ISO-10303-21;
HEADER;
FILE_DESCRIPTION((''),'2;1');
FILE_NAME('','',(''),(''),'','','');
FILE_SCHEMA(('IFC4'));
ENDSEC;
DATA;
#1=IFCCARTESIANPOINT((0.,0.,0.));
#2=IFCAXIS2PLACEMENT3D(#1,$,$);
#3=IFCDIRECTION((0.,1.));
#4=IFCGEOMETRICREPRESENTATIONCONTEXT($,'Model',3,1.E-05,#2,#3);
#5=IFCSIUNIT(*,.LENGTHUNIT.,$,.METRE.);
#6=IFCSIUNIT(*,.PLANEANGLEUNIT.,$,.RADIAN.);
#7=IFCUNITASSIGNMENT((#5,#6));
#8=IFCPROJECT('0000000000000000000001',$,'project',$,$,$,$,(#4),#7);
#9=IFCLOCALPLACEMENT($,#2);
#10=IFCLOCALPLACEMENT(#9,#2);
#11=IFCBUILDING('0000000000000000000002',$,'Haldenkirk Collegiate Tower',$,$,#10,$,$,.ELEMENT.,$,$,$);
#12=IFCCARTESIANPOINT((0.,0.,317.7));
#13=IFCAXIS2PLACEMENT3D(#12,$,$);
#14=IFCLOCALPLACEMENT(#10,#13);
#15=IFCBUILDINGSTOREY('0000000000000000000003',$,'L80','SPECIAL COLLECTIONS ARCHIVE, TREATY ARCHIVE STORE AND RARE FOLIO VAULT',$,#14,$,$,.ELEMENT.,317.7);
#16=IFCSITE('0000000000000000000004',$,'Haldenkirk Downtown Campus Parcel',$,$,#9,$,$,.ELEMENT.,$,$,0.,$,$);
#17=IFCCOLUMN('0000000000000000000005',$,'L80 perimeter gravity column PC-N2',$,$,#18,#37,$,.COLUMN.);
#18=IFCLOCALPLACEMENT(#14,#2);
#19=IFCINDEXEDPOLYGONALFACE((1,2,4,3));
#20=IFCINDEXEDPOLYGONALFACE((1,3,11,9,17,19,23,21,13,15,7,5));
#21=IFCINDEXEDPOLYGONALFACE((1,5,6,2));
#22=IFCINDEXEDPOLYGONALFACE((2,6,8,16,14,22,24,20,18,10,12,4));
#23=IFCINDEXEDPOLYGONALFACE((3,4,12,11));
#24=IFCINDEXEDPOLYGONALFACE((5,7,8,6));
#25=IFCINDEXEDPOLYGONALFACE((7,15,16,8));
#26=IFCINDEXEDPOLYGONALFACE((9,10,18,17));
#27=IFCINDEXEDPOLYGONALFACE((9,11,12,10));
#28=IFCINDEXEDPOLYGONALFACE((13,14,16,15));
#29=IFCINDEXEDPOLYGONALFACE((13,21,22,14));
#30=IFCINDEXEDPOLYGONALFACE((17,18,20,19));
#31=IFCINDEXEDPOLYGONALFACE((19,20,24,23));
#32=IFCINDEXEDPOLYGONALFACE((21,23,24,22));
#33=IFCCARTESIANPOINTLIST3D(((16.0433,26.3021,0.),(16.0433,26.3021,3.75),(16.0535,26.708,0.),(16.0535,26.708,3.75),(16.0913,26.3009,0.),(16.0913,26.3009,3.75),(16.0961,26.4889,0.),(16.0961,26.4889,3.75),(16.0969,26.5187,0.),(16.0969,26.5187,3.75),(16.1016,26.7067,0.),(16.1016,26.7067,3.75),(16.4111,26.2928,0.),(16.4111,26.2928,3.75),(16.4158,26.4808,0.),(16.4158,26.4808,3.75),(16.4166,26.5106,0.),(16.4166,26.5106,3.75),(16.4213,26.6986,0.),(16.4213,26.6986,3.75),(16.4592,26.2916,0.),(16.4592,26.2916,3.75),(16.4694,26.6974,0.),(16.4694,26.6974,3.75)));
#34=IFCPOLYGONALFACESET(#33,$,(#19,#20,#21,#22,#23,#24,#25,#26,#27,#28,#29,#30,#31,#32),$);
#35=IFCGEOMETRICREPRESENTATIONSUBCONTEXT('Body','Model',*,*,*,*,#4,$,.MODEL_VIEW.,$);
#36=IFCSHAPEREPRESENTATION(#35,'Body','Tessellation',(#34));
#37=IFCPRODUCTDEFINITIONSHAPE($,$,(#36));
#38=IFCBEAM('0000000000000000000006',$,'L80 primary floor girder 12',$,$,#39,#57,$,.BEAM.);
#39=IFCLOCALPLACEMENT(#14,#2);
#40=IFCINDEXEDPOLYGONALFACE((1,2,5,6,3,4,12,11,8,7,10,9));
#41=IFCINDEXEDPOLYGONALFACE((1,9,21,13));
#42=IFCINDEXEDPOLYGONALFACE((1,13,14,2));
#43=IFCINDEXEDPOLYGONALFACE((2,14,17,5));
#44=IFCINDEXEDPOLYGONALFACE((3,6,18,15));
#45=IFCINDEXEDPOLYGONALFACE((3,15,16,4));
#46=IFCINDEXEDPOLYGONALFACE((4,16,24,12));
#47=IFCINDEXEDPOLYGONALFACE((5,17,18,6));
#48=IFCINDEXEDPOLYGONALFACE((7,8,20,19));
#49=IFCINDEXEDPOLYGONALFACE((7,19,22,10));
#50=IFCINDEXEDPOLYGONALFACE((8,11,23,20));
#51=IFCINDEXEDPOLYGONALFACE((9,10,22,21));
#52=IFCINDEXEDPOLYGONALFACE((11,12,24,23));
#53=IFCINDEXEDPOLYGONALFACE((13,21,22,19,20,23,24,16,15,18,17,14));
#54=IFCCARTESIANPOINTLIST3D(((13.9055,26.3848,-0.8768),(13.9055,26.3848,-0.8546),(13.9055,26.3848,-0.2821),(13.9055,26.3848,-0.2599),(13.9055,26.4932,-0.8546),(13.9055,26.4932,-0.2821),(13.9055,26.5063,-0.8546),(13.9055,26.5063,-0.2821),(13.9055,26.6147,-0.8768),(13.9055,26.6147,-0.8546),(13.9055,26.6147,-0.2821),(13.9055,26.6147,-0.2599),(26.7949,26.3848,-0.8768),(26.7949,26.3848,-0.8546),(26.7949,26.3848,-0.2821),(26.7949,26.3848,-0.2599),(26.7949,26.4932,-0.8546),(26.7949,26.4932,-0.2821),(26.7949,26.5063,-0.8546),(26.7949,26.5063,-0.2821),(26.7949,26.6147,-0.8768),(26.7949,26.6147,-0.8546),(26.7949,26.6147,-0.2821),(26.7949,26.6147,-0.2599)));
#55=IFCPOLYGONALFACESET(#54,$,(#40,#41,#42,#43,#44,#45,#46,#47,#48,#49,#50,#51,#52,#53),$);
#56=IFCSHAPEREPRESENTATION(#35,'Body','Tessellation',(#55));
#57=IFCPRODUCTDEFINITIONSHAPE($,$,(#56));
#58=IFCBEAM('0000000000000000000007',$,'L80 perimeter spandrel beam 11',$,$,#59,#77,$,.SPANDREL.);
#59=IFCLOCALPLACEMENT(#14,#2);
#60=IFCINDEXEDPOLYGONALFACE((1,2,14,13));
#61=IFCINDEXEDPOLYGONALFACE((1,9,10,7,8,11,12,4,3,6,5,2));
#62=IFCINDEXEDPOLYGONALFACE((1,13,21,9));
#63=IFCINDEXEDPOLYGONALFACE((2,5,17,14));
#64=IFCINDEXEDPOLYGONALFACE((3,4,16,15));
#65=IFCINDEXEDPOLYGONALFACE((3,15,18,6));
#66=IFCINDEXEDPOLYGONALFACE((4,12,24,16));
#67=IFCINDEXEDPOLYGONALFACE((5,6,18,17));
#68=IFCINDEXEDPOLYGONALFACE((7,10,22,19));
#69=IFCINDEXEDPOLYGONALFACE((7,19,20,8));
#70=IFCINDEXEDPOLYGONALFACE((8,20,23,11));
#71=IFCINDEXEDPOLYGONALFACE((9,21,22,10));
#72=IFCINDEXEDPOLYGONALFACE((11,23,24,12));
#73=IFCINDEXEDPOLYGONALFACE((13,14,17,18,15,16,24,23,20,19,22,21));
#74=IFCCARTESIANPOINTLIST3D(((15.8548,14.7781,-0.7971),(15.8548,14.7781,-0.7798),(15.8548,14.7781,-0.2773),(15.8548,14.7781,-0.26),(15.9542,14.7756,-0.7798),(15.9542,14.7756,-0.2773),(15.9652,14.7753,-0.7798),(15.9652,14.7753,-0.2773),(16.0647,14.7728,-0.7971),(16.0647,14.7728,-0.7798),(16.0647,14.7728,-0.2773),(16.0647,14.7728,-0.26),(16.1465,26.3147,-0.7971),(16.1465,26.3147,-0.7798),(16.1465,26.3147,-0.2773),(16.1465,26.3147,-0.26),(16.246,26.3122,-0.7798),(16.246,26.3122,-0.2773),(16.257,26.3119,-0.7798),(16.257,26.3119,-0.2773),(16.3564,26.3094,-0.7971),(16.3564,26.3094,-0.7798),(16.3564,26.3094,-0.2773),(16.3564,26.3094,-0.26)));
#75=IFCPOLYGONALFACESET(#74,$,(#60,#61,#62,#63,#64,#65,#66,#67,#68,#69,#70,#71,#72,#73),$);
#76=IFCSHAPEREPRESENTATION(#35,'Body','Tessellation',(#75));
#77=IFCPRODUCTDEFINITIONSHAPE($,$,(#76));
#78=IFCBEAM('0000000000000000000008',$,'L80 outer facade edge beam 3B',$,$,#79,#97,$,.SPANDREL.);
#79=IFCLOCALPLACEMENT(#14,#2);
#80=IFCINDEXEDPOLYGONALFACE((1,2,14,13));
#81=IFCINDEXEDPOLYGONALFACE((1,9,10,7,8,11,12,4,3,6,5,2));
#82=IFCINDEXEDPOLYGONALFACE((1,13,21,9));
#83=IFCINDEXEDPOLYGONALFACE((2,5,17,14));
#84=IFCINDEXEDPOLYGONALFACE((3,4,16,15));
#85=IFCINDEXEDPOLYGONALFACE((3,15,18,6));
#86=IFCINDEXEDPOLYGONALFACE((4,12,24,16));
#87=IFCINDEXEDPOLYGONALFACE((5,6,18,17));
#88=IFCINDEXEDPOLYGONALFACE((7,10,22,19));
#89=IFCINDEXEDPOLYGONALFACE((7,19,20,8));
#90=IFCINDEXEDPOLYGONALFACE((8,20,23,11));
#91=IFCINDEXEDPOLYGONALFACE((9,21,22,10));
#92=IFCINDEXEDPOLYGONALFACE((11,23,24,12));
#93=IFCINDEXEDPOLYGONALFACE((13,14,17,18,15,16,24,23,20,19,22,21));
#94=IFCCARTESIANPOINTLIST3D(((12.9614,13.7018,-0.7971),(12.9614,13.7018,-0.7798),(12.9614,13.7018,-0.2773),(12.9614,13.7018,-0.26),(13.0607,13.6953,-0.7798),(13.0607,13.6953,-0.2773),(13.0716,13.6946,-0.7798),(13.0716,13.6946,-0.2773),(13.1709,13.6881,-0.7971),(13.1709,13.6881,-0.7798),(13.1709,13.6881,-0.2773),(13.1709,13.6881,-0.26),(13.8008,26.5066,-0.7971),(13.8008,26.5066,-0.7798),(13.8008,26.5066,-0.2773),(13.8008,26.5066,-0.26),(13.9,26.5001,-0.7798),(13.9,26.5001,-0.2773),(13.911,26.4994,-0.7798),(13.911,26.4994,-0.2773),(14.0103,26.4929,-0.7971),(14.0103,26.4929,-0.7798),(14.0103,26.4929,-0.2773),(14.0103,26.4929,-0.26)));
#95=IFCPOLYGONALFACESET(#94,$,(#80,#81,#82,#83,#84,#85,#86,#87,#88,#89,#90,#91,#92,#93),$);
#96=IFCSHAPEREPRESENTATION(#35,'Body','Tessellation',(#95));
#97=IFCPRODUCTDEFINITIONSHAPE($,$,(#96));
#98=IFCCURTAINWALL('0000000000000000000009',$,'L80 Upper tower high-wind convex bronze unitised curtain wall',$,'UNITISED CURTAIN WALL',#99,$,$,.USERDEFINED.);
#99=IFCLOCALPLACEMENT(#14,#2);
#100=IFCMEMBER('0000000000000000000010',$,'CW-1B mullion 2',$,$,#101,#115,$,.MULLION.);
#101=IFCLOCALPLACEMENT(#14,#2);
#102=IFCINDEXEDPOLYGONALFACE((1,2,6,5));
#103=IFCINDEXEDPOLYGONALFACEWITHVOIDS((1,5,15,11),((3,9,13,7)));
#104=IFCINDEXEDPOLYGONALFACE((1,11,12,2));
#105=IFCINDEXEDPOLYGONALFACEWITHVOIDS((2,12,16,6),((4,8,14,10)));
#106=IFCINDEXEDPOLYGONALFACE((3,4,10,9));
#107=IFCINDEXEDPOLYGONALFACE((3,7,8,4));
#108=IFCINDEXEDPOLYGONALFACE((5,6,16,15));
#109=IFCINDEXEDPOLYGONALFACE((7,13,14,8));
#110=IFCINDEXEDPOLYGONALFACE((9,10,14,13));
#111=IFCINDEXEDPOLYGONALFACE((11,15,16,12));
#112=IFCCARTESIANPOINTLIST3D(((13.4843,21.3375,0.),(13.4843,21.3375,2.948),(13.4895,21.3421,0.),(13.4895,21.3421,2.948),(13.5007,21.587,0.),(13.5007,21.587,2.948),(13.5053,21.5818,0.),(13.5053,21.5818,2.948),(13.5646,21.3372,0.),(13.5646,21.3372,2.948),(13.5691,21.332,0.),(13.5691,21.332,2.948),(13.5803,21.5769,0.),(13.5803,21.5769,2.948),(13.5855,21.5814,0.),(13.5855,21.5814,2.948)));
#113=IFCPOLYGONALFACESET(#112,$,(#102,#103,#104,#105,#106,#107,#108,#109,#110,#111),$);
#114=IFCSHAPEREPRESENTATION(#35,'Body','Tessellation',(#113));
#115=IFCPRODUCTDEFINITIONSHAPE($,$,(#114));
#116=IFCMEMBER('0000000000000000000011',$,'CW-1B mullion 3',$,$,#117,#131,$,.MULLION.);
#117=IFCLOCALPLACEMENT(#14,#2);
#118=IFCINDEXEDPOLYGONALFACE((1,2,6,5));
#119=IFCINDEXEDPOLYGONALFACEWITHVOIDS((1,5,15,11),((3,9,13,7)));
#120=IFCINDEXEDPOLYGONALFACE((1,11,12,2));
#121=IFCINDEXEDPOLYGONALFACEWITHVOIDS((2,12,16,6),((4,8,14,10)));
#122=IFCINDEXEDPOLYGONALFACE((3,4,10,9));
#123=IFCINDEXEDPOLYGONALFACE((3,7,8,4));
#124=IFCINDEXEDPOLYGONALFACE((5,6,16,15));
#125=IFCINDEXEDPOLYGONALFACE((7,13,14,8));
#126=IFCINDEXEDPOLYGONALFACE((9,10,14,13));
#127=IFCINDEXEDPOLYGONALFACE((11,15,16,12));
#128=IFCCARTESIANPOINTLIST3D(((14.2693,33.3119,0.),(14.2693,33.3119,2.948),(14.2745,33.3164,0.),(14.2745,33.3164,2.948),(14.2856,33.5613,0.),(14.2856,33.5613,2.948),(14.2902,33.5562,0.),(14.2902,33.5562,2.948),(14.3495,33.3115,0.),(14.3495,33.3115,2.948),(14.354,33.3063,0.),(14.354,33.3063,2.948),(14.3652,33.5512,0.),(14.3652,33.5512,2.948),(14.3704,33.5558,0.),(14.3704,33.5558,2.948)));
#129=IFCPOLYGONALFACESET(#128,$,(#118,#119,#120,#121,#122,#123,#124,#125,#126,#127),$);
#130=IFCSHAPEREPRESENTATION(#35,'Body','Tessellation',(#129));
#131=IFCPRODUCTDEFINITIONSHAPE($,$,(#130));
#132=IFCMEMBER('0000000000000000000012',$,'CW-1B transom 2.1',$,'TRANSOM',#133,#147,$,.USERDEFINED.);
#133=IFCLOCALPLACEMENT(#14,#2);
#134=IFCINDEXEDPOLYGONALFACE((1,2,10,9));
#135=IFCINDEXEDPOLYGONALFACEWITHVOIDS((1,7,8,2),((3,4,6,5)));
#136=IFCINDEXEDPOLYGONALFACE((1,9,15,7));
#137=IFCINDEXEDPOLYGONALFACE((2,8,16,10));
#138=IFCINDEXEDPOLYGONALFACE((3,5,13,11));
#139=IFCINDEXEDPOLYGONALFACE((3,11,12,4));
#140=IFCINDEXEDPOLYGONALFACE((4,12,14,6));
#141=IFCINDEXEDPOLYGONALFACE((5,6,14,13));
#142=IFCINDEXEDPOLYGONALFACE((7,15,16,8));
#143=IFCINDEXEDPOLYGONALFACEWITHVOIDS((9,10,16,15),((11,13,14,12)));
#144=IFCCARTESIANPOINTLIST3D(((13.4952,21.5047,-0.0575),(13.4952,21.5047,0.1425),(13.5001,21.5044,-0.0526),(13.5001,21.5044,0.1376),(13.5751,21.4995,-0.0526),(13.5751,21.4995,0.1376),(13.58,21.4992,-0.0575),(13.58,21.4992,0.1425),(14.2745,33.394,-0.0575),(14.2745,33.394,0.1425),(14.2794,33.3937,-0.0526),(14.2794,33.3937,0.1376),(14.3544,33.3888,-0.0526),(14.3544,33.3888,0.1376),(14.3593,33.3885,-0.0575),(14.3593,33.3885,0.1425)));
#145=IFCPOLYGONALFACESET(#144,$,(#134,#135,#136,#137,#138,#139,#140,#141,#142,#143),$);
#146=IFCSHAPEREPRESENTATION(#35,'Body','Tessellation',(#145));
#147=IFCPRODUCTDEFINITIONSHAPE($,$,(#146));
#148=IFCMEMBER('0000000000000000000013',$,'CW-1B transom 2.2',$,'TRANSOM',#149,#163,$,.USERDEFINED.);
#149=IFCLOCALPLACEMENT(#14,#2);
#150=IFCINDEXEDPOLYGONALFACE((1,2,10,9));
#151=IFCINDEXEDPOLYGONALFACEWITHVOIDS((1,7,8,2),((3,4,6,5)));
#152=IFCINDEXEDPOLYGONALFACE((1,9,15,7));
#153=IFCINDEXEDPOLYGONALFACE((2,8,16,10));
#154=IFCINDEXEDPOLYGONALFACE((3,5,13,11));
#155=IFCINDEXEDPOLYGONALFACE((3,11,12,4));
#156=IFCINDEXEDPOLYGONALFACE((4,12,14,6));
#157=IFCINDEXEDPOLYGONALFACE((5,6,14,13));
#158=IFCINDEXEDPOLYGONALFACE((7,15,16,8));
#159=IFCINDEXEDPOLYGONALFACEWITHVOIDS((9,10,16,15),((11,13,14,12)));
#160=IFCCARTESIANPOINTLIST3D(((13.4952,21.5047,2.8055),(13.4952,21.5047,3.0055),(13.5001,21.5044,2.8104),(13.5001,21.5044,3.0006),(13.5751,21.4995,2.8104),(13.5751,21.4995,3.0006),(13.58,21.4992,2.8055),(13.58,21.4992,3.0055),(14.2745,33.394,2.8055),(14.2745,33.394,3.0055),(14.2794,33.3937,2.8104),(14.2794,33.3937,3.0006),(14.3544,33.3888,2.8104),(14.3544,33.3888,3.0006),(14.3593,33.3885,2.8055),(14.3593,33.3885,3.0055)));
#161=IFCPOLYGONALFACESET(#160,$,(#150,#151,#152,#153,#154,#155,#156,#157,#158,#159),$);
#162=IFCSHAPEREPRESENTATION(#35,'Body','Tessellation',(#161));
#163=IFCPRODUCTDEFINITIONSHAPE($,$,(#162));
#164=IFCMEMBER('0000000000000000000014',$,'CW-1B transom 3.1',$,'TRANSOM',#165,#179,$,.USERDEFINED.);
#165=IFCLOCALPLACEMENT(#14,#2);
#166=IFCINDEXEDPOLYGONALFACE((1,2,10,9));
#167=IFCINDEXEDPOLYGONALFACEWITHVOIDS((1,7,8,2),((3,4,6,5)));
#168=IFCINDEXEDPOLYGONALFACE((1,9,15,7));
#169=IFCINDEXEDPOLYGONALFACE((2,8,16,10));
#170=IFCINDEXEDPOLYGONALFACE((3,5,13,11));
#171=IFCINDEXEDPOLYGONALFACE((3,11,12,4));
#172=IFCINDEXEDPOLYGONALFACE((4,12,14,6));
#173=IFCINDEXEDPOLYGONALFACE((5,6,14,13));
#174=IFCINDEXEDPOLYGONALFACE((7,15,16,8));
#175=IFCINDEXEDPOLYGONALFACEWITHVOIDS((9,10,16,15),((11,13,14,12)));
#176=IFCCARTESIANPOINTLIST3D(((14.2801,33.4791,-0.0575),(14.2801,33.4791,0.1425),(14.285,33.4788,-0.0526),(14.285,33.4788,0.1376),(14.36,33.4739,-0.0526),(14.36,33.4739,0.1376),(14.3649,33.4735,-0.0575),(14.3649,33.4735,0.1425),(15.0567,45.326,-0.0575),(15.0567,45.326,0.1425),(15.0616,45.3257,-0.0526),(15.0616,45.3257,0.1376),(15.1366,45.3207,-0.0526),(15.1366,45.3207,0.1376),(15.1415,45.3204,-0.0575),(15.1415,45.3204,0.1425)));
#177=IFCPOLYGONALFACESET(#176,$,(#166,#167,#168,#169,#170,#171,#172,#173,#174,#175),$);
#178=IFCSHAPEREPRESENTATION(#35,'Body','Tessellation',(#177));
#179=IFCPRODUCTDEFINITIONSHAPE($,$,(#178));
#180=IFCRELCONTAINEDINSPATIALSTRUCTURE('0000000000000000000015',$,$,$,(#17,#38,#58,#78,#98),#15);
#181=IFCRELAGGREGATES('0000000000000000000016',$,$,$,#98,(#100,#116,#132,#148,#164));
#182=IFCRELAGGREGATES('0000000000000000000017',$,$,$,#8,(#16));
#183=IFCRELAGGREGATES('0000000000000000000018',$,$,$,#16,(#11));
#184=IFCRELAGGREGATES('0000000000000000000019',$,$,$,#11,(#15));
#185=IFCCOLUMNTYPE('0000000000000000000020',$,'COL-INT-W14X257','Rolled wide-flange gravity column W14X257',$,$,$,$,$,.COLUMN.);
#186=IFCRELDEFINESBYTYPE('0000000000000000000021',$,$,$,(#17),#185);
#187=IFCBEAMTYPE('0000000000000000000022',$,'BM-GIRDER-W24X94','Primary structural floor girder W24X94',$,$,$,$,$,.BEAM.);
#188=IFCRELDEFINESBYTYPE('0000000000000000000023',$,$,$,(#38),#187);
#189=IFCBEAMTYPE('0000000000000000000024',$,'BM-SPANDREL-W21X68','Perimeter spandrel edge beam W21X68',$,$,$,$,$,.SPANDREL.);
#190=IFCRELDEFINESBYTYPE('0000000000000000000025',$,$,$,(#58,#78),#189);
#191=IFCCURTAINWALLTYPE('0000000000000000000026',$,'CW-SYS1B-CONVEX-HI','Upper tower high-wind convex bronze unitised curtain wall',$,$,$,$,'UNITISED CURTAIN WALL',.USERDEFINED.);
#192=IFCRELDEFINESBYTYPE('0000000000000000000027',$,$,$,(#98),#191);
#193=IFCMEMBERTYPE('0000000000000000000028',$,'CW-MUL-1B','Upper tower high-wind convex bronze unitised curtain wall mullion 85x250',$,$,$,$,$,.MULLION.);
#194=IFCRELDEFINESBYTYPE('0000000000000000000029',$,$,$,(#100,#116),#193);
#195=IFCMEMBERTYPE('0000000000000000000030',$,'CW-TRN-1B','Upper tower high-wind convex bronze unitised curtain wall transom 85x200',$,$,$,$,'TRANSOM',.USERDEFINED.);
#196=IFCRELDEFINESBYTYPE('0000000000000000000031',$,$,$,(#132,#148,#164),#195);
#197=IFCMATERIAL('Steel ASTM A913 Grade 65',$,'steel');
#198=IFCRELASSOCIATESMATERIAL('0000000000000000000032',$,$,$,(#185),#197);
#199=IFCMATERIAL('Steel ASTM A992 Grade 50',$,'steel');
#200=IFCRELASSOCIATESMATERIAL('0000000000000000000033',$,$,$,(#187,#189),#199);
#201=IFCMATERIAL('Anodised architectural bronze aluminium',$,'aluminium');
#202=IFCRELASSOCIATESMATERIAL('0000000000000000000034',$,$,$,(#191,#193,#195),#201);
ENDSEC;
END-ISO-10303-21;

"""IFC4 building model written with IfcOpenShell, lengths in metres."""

from ifc_helpers import new_model, si_unit, direction, frame, origin, origin_2d, place, context, subcontext, project, spatial, hollow_rectangle, i_section, extrude, material, material_profile, profile_set, type_object, element, aggregate, save


model = new_model("IFC4")

# Units and contexts
model_context = context("Model", 3, precision=1e-05, world=origin(), true_north=direction((0.0, 1.0)))
body_context = subcontext(model_context, "Body", "Model", "MODEL_VIEW")
ifc_project = project(units=[si_unit("LENGTHUNIT", "METRE"), si_unit("PLANEANGLEUNIT", "RADIAN")], contexts=[model_context])

# Site, building, storey
site_placement = place(None, origin())
site = spatial("IfcSite", under=ifc_project, at=site_placement, Name="Haldenkirk Downtown Campus Parcel", CompositionType="ELEMENT", RefElevation=0.0)
building_placement = place(site_placement, origin())
building = spatial("IfcBuilding", under=site, at=building_placement, Name="Haldenkirk Collegiate Tower", CompositionType="ELEMENT")
storey_placement = place(building_placement, frame((0.0, 0.0, 317.7)))
storey = spatial("IfcBuildingStorey", under=building, at=storey_placement, Name="L80", Description="SPECIAL COLLECTIONS ARCHIVE, TREATY ARCHIVE STORE AND RARE FOLIO VAULT", CompositionType="ELEMENT", Elevation=317.7)

# Column
ifc_material_1 = material(Name="Steel ASTM A913 Grade 65", Category="steel")
ifc_material_profile_1 = material_profile(ifc_material_1, i_section(OverallWidth=0.406, OverallDepth=0.416, WebThickness=0.0298, FlangeThickness=0.0481, at=origin_2d()), Name="W14X257")
ifc_profile_set_1 = profile_set([ifc_material_profile_1], Name="Steel ASTM A913 Grade 65")
column_type = type_object("IfcColumnType", Name="COL-INT-W14X257", Description="Rolled wide-flange gravity column W14X257", PredefinedType="COLUMN", material=ifc_profile_set_1)
column_placement = place(storey_placement, frame((16.2563, 26.4998, 0.0), z_axis=(0.0, 0.0, 1.0), x_axis=(0.025305, 0.99968, 0.0)))
element("IfcColumn", 1, at=column_placement, inside=storey, type_object=column_type, Name="L80 perimeter gravity column PC-N2", PredefinedType="COLUMN", context=body_context, shape_type="SweptSolid", body=[
    extrude(i_section(OverallWidth=0.406, OverallDepth=0.416, WebThickness=0.0298, FlangeThickness=0.0481, at=origin_2d()), origin(), (0.0, 0.0, 1.0), 3.75),
])

# Beams
ifc_material_2 = material(Name="Steel ASTM A992 Grade 50", Category="steel")
ifc_material_profile_2 = material_profile(ifc_material_2, i_section(OverallWidth=0.23, OverallDepth=0.6169, WebThickness=0.0132, FlangeThickness=0.0222, at=origin_2d()), Name="W24X94")
ifc_profile_set_2 = profile_set([ifc_material_profile_2], Name="Steel ASTM A992 Grade 50")
beam_type_1 = type_object("IfcBeamType", Name="BM-GIRDER-W24X94", Description="Primary structural floor girder W24X94", PredefinedType="BEAM", material=ifc_profile_set_2)
beam_1_placement = place(storey_placement, frame((13.9055, 26.4998, -0.5684), z_axis=(1.0, 0.0, 0.0), x_axis=(0.0, 1.0, 0.0)))
element("IfcBeam", 2, at=beam_1_placement, inside=storey, type_object=beam_type_1, Name="L80 primary floor girder 12", PredefinedType="BEAM", context=body_context, shape_type="SweptSolid", body=[
    extrude(i_section(OverallWidth=0.23, OverallDepth=0.6169, WebThickness=0.0132, FlangeThickness=0.0222, at=origin_2d()), origin(), (0.0, 0.0, 1.0), 12.8894),
])
ifc_material_profile_3 = material_profile(ifc_material_2, i_section(OverallWidth=0.21, OverallDepth=0.5371, WebThickness=0.011, FlangeThickness=0.0173, at=origin_2d()), Name="W21X68")
ifc_profile_set_3 = profile_set([ifc_material_profile_3], Name="Steel ASTM A992 Grade 50")
beam_type_2 = type_object("IfcBeamType", Name="BM-SPANDREL-W21X68", Description="Perimeter spandrel edge beam W21X68", PredefinedType="SPANDREL", material=ifc_profile_set_3)
beam_2_placement = place(storey_placement, frame((16.2515, 26.312, -0.5286), z_axis=(-0.025281, -0.99968, 0.0), x_axis=(0.99968, -0.025281, 0.0)))
element("IfcBeam", 3, at=beam_2_placement, inside=storey, type_object=beam_type_2, Name="L80 perimeter spandrel beam 11", PredefinedType="SPANDREL", context=body_context, shape_type="SweptSolid", body=[
    extrude(i_section(OverallWidth=0.21, OverallDepth=0.5371, WebThickness=0.011, FlangeThickness=0.0173, at=origin_2d()), origin(), (0.0, 0.0, 1.0), 11.5403),
])
beam_3_placement = place(storey_placement, frame((13.9055, 26.4998, -0.5286), z_axis=(-0.06541, -0.997858, 0.0), x_axis=(0.997858, -0.06541, 0.0)))
element("IfcBeam", 4, at=beam_3_placement, inside=storey, type_object=beam_type_2, Name="L80 outer facade edge beam 3B", PredefinedType="SPANDREL", context=body_context, shape_type="SweptSolid", body=[
    extrude(i_section(OverallWidth=0.21, OverallDepth=0.5371, WebThickness=0.011, FlangeThickness=0.0173, at=origin_2d()), origin(), (0.0, 0.0, 1.0), 12.8323),
])

# Curtain wall, members
ifc_material_3 = material(Name="Anodised architectural bronze aluminium", Category="aluminium")
curtain_wall_type = type_object("IfcCurtainWallType", Name="CW-SYS1B-CONVEX-HI", Description="Upper tower high-wind convex bronze unitised curtain wall", ElementType="UNITISED CURTAIN WALL", PredefinedType="USERDEFINED", material=ifc_material_3)
curtain_wall_placement = place(storey_placement, origin())
curtain_wall = element("IfcCurtainWall", 5, at=curtain_wall_placement, inside=storey, type_object=curtain_wall_type, Name="L80 Upper tower high-wind convex bronze unitised curtain wall", ObjectType="UNITISED CURTAIN WALL", PredefinedType="USERDEFINED")
ifc_material_profile_4 = material_profile(ifc_material_3, hollow_rectangle(XDim=0.085, YDim=0.25, WallThickness=0.0049, at=origin_2d()), Name="CW-MUL-1B")
ifc_profile_set_4 = profile_set([ifc_material_profile_4], Name="Anodised architectural bronze aluminium")
member_type_1 = type_object("IfcMemberType", Name="CW-MUL-1B", Description="Upper tower high-wind convex bronze unitised curtain wall mullion 85x250", PredefinedType="MULLION", material=ifc_profile_set_4)
member_1_placement = place(storey_placement, frame((13.5349, 21.4595, 0.0), z_axis=(0.0, 0.0, 1.0), x_axis=(-0.997859, 0.065403, 0.0)))
member_1 = element("IfcMember", 6, at=member_1_placement, type_object=member_type_1, Name="CW-1B mullion 2", PredefinedType="MULLION", context=body_context, shape_type="SweptSolid", body=[
    extrude(hollow_rectangle(XDim=0.085, YDim=0.25, WallThickness=0.0049, at=origin_2d()), origin(), (0.0, 0.0, 1.0), 2.948),
])
member_2_placement = place(storey_placement, frame((14.3198, 33.4338, 0.0), z_axis=(0.0, 0.0, 1.0), x_axis=(-0.997859, 0.065403, 0.0)))
member_2 = element("IfcMember", 7, at=member_2_placement, type_object=member_type_1, Name="CW-1B mullion 3", PredefinedType="MULLION", context=body_context, shape_type="SweptSolid", body=[
    extrude(hollow_rectangle(XDim=0.085, YDim=0.25, WallThickness=0.0049, at=origin_2d()), origin(), (0.0, 0.0, 1.0), 2.948),
])
ifc_material_profile_5 = material_profile(ifc_material_3, hollow_rectangle(XDim=0.085, YDim=0.2, WallThickness=0.0049, at=origin_2d()), Name="CW-TRN-1B")
ifc_profile_set_5 = profile_set([ifc_material_profile_5], Name="Anodised architectural bronze aluminium")
member_type_2 = type_object("IfcMemberType", Name="CW-TRN-1B", Description="Upper tower high-wind convex bronze unitised curtain wall transom 85x200", ElementType="TRANSOM", PredefinedType="USERDEFINED", material=ifc_profile_set_5)
member_3_placement = place(storey_placement, frame((13.5376, 21.502, 0.0425), z_axis=(0.065405, 0.997859, 0.0), x_axis=(-0.997859, 0.065405, 0.0)))
member_3 = element("IfcMember", 8, at=member_3_placement, type_object=member_type_2, Name="CW-1B transom 2.1", ObjectType="TRANSOM", PredefinedType="USERDEFINED", context=body_context, shape_type="SweptSolid", body=[
    extrude(hollow_rectangle(XDim=0.085, YDim=0.2, WallThickness=0.0049, at=origin_2d()), origin(), (0.0, 0.0, 1.0), 11.9148),
])
member_4_placement = place(storey_placement, frame((13.5376, 21.502, 2.9055), z_axis=(0.065405, 0.997859, 0.0), x_axis=(-0.997859, 0.065405, 0.0)))
member_4 = element("IfcMember", 9, at=member_4_placement, type_object=member_type_2, Name="CW-1B transom 2.2", ObjectType="TRANSOM", PredefinedType="USERDEFINED", context=body_context, shape_type="SweptSolid", body=[
    extrude(hollow_rectangle(XDim=0.085, YDim=0.2, WallThickness=0.0049, at=origin_2d()), origin(), (0.0, 0.0, 1.0), 11.9148),
])
member_5_placement = place(storey_placement, frame((14.3225, 33.4763, 0.0425), z_axis=(0.065413, 0.997858, 0.0), x_axis=(-0.997858, 0.065413, 0.0)))
member_5 = element("IfcMember", 10, at=member_5_placement, type_object=member_type_2, Name="CW-1B transom 3.1", ObjectType="TRANSOM", PredefinedType="USERDEFINED", context=body_context, shape_type="SweptSolid", body=[
    extrude(hollow_rectangle(XDim=0.085, YDim=0.2, WallThickness=0.0049, at=origin_2d()), origin(), (0.0, 0.0, 1.0), 11.8723),
])
aggregate(curtain_wall, [member_1, member_2, member_3, member_4, member_5])

save(model, "model.ifc")
